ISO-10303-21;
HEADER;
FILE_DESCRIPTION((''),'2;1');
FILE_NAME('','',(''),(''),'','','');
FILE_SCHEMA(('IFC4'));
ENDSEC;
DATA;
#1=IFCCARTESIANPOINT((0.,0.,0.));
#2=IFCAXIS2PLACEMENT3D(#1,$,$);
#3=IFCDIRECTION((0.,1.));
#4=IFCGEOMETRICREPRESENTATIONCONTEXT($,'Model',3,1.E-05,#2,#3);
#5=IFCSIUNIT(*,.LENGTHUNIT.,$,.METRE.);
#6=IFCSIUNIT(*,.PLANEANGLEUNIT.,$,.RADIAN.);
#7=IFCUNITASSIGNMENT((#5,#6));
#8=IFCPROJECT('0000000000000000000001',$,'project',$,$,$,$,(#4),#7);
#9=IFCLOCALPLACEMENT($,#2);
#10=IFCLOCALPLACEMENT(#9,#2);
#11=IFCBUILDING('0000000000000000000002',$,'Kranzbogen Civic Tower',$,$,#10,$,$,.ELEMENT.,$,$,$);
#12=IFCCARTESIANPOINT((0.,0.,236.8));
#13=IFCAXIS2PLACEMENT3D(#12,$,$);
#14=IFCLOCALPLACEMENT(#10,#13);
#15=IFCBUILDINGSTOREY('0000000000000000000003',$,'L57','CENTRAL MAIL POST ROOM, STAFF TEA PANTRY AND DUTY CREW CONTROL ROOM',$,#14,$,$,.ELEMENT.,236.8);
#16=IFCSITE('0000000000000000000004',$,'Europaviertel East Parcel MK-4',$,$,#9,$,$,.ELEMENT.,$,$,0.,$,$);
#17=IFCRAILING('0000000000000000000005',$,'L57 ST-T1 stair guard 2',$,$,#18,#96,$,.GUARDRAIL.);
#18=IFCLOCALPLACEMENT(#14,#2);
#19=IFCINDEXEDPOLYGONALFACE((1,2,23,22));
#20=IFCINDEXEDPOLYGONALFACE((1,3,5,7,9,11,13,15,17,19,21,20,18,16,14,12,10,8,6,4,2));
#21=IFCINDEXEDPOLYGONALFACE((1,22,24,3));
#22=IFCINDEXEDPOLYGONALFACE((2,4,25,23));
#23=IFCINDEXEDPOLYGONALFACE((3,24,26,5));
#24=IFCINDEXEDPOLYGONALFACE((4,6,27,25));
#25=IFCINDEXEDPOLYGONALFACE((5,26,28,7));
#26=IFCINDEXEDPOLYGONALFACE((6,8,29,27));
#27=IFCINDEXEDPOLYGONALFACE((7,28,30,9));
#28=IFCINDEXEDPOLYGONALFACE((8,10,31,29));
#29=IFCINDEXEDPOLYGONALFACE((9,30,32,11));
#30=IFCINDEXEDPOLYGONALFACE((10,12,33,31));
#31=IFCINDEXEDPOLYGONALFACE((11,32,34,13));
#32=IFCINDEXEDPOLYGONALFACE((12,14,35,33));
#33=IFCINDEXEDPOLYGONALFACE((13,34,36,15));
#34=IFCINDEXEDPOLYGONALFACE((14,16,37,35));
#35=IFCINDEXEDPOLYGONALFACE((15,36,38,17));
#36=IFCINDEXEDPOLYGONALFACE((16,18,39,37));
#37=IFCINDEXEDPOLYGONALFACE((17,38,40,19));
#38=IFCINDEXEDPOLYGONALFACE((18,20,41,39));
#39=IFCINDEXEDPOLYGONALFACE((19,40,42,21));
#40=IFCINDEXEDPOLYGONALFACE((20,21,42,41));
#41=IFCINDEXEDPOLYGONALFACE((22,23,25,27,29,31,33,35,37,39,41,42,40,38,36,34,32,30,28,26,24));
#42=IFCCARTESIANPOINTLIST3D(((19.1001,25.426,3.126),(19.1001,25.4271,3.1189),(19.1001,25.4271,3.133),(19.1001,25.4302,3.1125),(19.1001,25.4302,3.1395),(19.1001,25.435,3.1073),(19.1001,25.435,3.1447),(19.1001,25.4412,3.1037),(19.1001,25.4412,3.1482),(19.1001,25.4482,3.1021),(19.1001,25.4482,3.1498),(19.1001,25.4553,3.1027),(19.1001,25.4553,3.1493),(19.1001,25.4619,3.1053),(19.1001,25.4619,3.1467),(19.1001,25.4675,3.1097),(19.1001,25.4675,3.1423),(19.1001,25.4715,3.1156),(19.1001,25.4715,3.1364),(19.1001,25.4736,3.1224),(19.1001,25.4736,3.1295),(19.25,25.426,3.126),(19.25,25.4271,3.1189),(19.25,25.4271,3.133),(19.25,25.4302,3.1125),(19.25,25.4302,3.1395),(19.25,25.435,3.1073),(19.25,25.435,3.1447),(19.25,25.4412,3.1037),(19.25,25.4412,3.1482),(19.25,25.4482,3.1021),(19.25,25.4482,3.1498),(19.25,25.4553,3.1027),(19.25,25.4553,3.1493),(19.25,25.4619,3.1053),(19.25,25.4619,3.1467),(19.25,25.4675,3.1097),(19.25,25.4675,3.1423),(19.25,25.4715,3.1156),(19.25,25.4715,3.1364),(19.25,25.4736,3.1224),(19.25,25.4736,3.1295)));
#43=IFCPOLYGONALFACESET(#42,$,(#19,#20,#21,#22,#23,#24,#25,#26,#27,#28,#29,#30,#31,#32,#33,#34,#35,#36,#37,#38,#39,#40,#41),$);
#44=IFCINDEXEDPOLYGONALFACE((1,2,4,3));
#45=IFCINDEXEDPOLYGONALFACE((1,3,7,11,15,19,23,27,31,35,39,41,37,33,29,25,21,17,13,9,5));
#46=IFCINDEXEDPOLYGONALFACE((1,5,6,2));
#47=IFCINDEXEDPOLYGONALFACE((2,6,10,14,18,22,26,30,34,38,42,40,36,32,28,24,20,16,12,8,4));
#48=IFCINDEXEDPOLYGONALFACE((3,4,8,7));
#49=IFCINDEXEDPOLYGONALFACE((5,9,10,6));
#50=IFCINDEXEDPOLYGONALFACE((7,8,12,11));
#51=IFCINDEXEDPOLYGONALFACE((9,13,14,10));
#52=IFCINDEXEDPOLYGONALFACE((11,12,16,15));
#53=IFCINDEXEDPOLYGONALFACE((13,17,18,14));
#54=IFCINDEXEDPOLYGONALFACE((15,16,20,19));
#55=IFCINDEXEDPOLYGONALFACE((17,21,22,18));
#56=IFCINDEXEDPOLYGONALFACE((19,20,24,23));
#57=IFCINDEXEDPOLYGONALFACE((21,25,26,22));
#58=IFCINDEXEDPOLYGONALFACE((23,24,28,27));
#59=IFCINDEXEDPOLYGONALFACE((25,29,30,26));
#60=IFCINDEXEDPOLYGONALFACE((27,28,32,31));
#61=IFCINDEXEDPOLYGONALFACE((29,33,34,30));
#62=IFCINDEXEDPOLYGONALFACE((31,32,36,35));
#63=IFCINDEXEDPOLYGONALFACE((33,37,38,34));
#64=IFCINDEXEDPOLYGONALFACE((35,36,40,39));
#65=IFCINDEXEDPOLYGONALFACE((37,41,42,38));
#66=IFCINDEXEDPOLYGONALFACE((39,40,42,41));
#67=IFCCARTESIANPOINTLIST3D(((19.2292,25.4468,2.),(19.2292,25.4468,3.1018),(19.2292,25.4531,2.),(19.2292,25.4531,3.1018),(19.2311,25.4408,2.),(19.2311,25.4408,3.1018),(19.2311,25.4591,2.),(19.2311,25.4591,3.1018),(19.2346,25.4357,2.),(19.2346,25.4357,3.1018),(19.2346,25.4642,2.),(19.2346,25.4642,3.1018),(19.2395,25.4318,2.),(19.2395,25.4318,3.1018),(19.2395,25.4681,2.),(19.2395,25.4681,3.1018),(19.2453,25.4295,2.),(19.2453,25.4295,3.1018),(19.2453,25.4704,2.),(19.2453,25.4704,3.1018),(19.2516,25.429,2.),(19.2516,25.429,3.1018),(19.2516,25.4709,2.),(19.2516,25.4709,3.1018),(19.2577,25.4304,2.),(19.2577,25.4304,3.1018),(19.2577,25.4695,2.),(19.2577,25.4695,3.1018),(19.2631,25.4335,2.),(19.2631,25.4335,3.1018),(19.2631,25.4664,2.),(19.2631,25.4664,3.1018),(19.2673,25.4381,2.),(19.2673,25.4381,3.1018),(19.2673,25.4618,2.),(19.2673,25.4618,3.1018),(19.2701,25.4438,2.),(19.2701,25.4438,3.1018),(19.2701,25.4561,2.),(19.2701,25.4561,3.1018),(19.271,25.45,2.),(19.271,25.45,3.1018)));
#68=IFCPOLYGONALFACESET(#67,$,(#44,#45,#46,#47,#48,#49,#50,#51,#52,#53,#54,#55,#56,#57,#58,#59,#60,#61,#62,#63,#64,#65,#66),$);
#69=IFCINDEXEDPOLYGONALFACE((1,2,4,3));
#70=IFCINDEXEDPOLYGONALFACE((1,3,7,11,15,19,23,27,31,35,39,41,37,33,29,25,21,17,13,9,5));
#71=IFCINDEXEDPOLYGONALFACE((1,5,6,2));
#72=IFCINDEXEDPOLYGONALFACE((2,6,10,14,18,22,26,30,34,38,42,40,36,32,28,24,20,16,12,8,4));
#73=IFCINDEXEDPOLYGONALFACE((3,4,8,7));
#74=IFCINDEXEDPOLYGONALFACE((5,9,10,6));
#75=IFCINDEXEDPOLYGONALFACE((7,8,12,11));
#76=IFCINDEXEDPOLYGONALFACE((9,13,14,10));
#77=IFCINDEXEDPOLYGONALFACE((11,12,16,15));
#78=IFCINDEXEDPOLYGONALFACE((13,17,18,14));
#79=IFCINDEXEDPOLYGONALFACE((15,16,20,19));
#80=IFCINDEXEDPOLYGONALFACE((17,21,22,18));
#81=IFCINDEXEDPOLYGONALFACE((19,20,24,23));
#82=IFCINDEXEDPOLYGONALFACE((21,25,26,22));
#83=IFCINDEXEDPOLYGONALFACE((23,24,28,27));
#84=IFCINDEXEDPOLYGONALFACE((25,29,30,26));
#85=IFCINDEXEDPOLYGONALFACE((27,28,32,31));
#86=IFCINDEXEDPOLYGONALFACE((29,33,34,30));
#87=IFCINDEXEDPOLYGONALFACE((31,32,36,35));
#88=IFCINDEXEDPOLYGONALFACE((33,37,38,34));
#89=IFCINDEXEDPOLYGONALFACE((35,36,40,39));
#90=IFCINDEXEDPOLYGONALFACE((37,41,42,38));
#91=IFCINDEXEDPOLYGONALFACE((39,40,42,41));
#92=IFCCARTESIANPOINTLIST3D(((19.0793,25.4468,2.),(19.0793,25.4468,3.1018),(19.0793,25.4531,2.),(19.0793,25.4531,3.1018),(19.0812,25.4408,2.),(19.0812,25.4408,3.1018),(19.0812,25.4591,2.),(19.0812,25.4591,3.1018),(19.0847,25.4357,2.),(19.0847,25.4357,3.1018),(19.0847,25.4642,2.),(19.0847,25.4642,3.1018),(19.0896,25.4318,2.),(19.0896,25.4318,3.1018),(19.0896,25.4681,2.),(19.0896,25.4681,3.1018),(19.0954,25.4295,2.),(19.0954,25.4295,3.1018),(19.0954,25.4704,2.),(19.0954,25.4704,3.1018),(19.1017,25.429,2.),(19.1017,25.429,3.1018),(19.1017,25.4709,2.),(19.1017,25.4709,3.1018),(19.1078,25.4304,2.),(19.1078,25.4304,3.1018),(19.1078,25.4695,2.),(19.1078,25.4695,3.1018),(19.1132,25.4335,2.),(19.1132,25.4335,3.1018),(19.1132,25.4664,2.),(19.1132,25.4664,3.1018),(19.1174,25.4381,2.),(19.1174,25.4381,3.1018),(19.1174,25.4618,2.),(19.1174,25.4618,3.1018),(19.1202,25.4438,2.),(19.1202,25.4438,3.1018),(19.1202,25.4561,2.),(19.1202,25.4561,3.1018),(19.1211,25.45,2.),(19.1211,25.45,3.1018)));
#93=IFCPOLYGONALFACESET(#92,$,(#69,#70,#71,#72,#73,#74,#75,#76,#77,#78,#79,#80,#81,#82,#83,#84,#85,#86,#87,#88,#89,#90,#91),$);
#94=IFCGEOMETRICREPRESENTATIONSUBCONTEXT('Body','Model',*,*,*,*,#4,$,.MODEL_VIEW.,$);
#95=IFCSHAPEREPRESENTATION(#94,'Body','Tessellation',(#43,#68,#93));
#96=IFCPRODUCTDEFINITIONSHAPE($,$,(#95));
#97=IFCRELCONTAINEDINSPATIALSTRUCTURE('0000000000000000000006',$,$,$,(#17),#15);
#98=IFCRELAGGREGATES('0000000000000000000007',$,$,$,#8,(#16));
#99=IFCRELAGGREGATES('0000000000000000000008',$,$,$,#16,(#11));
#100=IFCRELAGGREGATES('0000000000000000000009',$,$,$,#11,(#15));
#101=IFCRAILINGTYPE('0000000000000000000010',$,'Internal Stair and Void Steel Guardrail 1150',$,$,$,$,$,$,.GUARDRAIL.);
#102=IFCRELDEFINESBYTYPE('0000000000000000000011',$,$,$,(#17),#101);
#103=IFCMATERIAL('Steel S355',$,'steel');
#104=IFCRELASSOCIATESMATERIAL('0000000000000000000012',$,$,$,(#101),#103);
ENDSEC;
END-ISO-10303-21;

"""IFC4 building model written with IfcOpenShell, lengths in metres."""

from ifc_helpers import new_model, si_unit, direction, frame, origin, origin_2d, place, context, subcontext, project, spatial, circle, extrude, material, type_object, element, save


model = new_model("IFC4")

# Units and contexts
model_context = context("Model", 3, precision=1e-05, world=origin(), true_north=direction((0.0, 1.0)))
body_context = subcontext(model_context, "Body", "Model", "MODEL_VIEW")
ifc_project = project(units=[si_unit("LENGTHUNIT", "METRE"), si_unit("PLANEANGLEUNIT", "RADIAN")], contexts=[model_context])

# Site, building, storey
site_placement = place(None, origin())
site = spatial("IfcSite", under=ifc_project, at=site_placement, Name="Europaviertel East Parcel MK-4", CompositionType="ELEMENT", RefElevation=0.0)
building_placement = place(site_placement, origin())
building = spatial("IfcBuilding", under=site, at=building_placement, Name="Kranzbogen Civic Tower", CompositionType="ELEMENT")
storey_placement = place(building_placement, frame((0.0, 0.0, 236.8)))
storey = spatial("IfcBuildingStorey", under=building, at=storey_placement, Name="L57", Description="CENTRAL MAIL POST ROOM, STAFF TEA PANTRY AND DUTY CREW CONTROL ROOM", CompositionType="ELEMENT", Elevation=236.8)

# Shared definitions
ifc_material_1 = material(Name="Steel S355", Category="steel")

# Railing
railing_type_1 = type_object("IfcRailingType", Name="Internal Stair and Void Steel Guardrail 1150", PredefinedType="GUARDRAIL", material=ifc_material_1)
railing_1_placement = place(storey_placement, frame((19.25, 25.45, 2.0)))
element("IfcRailing", 1, at=railing_1_placement, inside=storey, type_object=railing_type_1, Name="L57 ST-T1 stair guard 2", PredefinedType="GUARDRAIL", context=body_context, shape_type="SweptSolid", body=[
    extrude(circle(Radius=0.0239, at=origin_2d()), frame((0.0, 0.0, 1.126), z_axis=(-1.0, 0.0, 0.0), x_axis=(0.0, -1.0, 0.0)), (0.0, 0.0, 1.0), 0.1499),
    extrude(circle(Radius=0.021, at=origin_2d()), origin(), (0.0, 0.0, 1.0), 1.1018),
    extrude(circle(Radius=0.021, at=origin_2d()), frame((-0.1499, 0.0, 0.0)), (0.0, 0.0, 1.0), 1.1018),
])

save(model, "model.ifc")
